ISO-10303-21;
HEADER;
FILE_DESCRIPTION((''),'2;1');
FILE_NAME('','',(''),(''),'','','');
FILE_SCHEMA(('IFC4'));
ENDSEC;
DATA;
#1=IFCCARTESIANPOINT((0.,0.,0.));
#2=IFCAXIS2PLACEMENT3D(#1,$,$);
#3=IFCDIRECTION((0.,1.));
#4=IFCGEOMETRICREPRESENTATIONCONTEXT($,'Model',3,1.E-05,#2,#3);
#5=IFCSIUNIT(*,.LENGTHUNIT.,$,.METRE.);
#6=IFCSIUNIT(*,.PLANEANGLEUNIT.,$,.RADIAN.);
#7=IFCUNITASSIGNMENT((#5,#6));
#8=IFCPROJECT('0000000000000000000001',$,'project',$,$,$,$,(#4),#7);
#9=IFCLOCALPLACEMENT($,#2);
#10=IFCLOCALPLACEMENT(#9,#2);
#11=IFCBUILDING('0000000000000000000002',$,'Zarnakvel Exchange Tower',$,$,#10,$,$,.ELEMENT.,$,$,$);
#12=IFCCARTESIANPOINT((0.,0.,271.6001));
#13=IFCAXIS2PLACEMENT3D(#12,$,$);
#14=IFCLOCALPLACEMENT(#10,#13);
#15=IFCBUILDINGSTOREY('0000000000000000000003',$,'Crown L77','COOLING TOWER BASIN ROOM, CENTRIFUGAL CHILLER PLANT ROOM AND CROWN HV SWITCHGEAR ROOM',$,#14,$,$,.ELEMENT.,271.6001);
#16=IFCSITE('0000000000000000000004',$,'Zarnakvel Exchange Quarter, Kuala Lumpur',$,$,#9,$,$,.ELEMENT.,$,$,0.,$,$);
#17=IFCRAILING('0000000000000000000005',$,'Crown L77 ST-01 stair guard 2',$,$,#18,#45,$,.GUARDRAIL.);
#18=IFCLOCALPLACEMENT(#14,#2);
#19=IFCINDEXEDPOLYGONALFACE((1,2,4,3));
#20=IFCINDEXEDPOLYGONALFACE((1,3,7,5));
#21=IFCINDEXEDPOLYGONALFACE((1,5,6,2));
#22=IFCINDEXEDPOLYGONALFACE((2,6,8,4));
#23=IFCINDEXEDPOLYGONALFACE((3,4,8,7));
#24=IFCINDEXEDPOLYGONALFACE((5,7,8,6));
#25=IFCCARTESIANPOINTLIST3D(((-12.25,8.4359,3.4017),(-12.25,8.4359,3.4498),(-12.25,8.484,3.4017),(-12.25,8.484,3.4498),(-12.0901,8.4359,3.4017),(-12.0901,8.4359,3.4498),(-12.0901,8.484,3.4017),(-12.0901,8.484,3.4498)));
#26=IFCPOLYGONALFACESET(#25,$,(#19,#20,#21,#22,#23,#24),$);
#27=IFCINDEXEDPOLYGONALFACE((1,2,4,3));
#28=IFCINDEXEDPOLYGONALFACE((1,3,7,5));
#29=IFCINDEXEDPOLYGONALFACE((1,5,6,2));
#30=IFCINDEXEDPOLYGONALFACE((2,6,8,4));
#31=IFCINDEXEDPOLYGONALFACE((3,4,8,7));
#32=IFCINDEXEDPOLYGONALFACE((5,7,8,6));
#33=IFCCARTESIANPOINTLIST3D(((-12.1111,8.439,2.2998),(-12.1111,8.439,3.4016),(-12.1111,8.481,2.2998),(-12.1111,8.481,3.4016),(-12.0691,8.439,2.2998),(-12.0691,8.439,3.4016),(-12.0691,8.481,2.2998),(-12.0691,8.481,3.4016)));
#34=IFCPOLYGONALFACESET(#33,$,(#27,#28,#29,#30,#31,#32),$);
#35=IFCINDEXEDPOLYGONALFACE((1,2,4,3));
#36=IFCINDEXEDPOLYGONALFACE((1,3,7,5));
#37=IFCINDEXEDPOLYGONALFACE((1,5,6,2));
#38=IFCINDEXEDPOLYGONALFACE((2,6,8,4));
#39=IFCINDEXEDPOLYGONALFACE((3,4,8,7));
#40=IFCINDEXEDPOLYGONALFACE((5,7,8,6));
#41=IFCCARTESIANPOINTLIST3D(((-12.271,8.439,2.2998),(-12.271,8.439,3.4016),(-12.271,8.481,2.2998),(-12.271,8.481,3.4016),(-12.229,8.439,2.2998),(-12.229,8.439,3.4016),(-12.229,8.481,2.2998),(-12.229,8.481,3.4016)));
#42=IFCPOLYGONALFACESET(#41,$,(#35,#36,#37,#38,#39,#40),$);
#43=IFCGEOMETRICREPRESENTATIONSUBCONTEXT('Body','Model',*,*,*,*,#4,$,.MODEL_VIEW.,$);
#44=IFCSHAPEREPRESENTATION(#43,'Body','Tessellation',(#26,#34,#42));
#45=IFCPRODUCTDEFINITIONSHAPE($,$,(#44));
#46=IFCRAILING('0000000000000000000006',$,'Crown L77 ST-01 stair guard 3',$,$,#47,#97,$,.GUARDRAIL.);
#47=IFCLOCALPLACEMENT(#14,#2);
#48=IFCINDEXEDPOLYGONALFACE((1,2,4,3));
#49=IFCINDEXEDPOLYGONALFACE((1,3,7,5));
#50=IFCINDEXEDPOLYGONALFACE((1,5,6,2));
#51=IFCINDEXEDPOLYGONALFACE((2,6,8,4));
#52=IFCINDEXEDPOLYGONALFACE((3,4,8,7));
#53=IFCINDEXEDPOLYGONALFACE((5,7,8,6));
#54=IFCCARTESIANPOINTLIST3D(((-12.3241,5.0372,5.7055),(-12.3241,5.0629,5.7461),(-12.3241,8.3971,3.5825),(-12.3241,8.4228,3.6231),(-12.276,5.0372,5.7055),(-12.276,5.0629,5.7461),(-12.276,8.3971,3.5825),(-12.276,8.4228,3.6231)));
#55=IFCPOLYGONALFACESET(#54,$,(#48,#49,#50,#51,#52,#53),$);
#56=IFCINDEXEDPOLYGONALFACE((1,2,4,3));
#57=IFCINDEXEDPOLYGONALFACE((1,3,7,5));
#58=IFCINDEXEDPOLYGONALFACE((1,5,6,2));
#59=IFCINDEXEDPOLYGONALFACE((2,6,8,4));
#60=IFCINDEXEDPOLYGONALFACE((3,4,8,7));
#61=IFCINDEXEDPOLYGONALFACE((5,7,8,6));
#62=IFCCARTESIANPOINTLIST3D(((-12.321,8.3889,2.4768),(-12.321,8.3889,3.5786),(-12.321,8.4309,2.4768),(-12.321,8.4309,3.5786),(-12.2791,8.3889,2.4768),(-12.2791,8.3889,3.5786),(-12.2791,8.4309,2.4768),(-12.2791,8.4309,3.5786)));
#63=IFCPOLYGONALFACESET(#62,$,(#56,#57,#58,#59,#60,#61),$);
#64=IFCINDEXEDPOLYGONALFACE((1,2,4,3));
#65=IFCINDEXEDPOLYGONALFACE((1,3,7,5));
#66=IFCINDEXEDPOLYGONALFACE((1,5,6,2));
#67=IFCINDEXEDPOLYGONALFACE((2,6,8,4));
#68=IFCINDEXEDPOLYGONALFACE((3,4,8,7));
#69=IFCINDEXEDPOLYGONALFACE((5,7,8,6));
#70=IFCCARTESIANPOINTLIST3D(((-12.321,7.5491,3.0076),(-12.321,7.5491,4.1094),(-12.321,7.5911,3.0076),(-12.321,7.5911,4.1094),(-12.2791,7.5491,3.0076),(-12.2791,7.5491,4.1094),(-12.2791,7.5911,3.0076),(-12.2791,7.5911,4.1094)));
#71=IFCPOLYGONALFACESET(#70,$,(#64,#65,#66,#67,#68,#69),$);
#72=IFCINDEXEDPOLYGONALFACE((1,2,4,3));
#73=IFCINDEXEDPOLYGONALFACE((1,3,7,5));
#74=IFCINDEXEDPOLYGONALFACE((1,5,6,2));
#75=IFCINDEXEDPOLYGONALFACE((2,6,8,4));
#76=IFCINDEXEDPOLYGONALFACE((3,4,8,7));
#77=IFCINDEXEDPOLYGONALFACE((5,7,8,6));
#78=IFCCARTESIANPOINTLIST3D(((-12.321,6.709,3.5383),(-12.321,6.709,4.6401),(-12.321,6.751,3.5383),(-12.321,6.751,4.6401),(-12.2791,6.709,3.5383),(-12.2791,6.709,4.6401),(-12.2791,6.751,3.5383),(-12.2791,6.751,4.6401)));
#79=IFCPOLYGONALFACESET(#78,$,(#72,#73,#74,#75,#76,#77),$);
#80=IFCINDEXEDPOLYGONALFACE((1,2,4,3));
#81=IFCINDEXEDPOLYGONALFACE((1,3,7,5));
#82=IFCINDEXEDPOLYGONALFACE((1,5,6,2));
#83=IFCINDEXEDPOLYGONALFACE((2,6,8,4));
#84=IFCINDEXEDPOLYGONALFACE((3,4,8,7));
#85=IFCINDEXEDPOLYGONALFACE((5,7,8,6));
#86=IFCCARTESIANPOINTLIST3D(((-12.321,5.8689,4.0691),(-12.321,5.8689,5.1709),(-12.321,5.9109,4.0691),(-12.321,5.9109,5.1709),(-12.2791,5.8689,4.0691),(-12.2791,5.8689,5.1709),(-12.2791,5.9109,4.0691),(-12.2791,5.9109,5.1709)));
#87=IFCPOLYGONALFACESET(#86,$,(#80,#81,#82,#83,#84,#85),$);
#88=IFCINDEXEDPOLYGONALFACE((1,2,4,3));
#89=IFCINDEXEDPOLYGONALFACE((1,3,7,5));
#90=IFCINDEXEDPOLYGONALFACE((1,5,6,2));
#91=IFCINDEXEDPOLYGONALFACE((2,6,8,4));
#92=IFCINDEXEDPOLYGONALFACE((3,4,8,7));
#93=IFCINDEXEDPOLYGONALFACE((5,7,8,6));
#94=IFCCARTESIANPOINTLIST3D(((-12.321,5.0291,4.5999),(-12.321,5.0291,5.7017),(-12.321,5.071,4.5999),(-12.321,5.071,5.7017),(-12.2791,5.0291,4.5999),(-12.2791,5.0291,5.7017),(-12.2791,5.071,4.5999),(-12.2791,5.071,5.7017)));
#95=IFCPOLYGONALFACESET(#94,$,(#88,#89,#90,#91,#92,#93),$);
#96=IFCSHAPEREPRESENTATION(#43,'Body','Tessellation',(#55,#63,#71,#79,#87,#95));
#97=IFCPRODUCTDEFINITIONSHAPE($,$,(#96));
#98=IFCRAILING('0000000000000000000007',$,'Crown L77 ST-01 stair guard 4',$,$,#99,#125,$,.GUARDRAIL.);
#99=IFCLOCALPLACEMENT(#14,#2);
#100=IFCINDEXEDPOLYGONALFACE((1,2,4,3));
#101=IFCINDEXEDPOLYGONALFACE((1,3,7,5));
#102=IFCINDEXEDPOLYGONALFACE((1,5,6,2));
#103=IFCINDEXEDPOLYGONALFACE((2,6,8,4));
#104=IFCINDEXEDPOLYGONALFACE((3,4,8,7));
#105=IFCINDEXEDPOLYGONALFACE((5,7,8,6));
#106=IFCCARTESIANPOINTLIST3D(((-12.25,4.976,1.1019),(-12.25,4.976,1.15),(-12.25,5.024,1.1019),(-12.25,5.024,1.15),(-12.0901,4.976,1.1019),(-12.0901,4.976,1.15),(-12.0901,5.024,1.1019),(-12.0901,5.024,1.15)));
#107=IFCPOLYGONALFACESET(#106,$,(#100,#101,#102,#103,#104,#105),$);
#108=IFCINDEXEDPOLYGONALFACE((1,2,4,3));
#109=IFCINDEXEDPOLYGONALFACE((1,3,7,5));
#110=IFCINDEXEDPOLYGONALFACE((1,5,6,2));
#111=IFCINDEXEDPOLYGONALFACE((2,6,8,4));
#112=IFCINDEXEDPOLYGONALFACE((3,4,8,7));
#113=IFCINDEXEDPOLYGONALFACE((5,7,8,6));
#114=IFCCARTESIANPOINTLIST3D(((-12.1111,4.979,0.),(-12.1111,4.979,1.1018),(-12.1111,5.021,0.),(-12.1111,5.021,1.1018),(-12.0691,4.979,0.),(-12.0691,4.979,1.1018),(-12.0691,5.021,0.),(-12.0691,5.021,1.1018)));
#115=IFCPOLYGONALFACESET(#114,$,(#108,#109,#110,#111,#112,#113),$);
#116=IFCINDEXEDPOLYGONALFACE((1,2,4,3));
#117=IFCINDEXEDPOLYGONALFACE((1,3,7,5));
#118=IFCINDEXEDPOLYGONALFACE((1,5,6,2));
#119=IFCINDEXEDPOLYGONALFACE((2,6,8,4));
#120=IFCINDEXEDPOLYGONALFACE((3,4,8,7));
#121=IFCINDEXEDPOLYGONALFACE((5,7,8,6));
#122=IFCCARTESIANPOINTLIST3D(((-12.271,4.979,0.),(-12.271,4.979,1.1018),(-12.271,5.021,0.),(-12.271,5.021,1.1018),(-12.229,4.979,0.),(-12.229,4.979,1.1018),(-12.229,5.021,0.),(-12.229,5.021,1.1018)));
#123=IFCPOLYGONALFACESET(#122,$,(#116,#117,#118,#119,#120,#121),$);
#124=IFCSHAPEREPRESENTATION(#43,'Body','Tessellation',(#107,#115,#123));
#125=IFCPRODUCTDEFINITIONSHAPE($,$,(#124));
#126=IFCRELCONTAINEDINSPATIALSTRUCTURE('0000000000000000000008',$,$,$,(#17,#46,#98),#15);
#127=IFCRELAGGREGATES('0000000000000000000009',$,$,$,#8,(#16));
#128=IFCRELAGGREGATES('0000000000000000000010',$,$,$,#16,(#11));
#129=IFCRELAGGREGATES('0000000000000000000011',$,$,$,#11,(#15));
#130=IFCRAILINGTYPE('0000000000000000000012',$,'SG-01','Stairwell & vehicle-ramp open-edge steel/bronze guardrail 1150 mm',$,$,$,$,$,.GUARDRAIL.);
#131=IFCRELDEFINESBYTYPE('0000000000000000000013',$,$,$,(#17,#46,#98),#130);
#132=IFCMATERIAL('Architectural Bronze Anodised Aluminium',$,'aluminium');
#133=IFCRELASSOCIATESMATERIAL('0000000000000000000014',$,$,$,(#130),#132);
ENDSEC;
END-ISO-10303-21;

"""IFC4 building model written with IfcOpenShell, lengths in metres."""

from ifc_helpers import new_model, si_unit, direction, frame, origin, origin_2d, place, context, subcontext, project, spatial, rectangle, extrude, material, type_object, element, save


model = new_model("IFC4")

# Units and contexts
model_context = context("Model", 3, precision=1e-05, world=origin(), true_north=direction((0.0, 1.0)))
body_context = subcontext(model_context, "Body", "Model", "MODEL_VIEW")
ifc_project = project(units=[si_unit("LENGTHUNIT", "METRE"), si_unit("PLANEANGLEUNIT", "RADIAN")], contexts=[model_context])

# Site, building, storey
site_placement = place(None, origin())
site = spatial("IfcSite", under=ifc_project, at=site_placement, Name="Zarnakvel Exchange Quarter, Kuala Lumpur", CompositionType="ELEMENT", RefElevation=0.0)
building_placement = place(site_placement, origin())
building = spatial("IfcBuilding", under=site, at=building_placement, Name="Zarnakvel Exchange Tower", CompositionType="ELEMENT")
storey_placement = place(building_placement, frame((0.0, 0.0, 271.6001)))
storey = spatial("IfcBuildingStorey", under=building, at=storey_placement, Name="Crown L77", Description="COOLING TOWER BASIN ROOM, CENTRIFUGAL CHILLER PLANT ROOM AND CROWN HV SWITCHGEAR ROOM", CompositionType="ELEMENT", Elevation=271.6001)

# Railings
ifc_material_1 = material(Name="Architectural Bronze Anodised Aluminium", Category="aluminium")
railing_type_1 = type_object("IfcRailingType", Name="SG-01", Description="Stairwell & vehicle-ramp open-edge steel/bronze guardrail 1150 mm", PredefinedType="GUARDRAIL", material=ifc_material_1)
railing_1_placement = place(storey_placement, frame((-12.0901, 8.46, 2.2998)))
element("IfcRailing", 1, at=railing_1_placement, inside=storey, type_object=railing_type_1, Name="Crown L77 ST-01 stair guard 2", PredefinedType="GUARDRAIL", context=body_context, shape_type="SweptSolid", body=[
    extrude(rectangle(XDim=0.0481, YDim=0.0481, at=origin_2d()), frame((0.0, 0.0, 1.126), z_axis=(-1.0, 0.0, 0.0), x_axis=(0.0, -1.0, 0.0)), (0.0, 0.0, 1.0), 0.1599),
    extrude(rectangle(XDim=0.042, YDim=0.042, at=origin_2d()), origin(), (0.0, 0.0, 1.0), 1.1018),
    extrude(rectangle(XDim=0.042, YDim=0.042, at=origin_2d()), frame((-0.1599, 0.0, 0.0)), (0.0, 0.0, 1.0), 1.1018),
])
railing_2_placement = place(storey_placement, frame((-12.3, 8.4099, 2.4768)))
element("IfcRailing", 2, at=railing_2_placement, inside=storey, type_object=railing_type_1, Name="Crown L77 ST-01 stair guard 3", PredefinedType="GUARDRAIL", context=body_context, shape_type="SweptSolid", body=[
    extrude(rectangle(XDim=0.0481, YDim=0.0481, at=origin_2d()), frame((0.0, 0.0, 1.126), z_axis=(0.0, -0.845372, 0.534178), x_axis=(1.0, 0.0, 0.0)), (0.0, 0.0, 1.0), 3.9744),
    extrude(rectangle(XDim=0.042, YDim=0.042, at=origin_2d()), origin(), (0.0, 0.0, 1.0), 1.1018),
    extrude(rectangle(XDim=0.042, YDim=0.042, at=origin_2d()), frame((0.0, -0.8398, 0.5308)), (0.0, 0.0, 1.0), 1.1018),
    extrude(rectangle(XDim=0.042, YDim=0.042, at=origin_2d()), frame((0.0, -1.6799, 1.0615)), (0.0, 0.0, 1.0), 1.1018),
    extrude(rectangle(XDim=0.042, YDim=0.042, at=origin_2d()), frame((0.0, -2.52, 1.5923)), (0.0, 0.0, 1.0), 1.1018),
    extrude(rectangle(XDim=0.042, YDim=0.042, at=origin_2d()), frame((0.0, -3.3599, 2.123)), (0.0, 0.0, 1.0), 1.1018),
])
railing_3_placement = place(storey_placement, frame((-12.0901, 5.0, 0.0)))
element("IfcRailing", 3, at=railing_3_placement, inside=storey, type_object=railing_type_1, Name="Crown L77 ST-01 stair guard 4", PredefinedType="GUARDRAIL", context=body_context, shape_type="SweptSolid", body=[
    extrude(rectangle(XDim=0.0481, YDim=0.0481, at=origin_2d()), frame((0.0, 0.0, 1.126), z_axis=(-1.0, 0.0, 0.0), x_axis=(0.0, -1.0, 0.0)), (0.0, 0.0, 1.0), 0.1599),
    extrude(rectangle(XDim=0.042, YDim=0.042, at=origin_2d()), origin(), (0.0, 0.0, 1.0), 1.1018),
    extrude(rectangle(XDim=0.042, YDim=0.042, at=origin_2d()), frame((-0.1599, 0.0, 0.0)), (0.0, 0.0, 1.0), 1.1018),
])

save(model, "model.ifc")
